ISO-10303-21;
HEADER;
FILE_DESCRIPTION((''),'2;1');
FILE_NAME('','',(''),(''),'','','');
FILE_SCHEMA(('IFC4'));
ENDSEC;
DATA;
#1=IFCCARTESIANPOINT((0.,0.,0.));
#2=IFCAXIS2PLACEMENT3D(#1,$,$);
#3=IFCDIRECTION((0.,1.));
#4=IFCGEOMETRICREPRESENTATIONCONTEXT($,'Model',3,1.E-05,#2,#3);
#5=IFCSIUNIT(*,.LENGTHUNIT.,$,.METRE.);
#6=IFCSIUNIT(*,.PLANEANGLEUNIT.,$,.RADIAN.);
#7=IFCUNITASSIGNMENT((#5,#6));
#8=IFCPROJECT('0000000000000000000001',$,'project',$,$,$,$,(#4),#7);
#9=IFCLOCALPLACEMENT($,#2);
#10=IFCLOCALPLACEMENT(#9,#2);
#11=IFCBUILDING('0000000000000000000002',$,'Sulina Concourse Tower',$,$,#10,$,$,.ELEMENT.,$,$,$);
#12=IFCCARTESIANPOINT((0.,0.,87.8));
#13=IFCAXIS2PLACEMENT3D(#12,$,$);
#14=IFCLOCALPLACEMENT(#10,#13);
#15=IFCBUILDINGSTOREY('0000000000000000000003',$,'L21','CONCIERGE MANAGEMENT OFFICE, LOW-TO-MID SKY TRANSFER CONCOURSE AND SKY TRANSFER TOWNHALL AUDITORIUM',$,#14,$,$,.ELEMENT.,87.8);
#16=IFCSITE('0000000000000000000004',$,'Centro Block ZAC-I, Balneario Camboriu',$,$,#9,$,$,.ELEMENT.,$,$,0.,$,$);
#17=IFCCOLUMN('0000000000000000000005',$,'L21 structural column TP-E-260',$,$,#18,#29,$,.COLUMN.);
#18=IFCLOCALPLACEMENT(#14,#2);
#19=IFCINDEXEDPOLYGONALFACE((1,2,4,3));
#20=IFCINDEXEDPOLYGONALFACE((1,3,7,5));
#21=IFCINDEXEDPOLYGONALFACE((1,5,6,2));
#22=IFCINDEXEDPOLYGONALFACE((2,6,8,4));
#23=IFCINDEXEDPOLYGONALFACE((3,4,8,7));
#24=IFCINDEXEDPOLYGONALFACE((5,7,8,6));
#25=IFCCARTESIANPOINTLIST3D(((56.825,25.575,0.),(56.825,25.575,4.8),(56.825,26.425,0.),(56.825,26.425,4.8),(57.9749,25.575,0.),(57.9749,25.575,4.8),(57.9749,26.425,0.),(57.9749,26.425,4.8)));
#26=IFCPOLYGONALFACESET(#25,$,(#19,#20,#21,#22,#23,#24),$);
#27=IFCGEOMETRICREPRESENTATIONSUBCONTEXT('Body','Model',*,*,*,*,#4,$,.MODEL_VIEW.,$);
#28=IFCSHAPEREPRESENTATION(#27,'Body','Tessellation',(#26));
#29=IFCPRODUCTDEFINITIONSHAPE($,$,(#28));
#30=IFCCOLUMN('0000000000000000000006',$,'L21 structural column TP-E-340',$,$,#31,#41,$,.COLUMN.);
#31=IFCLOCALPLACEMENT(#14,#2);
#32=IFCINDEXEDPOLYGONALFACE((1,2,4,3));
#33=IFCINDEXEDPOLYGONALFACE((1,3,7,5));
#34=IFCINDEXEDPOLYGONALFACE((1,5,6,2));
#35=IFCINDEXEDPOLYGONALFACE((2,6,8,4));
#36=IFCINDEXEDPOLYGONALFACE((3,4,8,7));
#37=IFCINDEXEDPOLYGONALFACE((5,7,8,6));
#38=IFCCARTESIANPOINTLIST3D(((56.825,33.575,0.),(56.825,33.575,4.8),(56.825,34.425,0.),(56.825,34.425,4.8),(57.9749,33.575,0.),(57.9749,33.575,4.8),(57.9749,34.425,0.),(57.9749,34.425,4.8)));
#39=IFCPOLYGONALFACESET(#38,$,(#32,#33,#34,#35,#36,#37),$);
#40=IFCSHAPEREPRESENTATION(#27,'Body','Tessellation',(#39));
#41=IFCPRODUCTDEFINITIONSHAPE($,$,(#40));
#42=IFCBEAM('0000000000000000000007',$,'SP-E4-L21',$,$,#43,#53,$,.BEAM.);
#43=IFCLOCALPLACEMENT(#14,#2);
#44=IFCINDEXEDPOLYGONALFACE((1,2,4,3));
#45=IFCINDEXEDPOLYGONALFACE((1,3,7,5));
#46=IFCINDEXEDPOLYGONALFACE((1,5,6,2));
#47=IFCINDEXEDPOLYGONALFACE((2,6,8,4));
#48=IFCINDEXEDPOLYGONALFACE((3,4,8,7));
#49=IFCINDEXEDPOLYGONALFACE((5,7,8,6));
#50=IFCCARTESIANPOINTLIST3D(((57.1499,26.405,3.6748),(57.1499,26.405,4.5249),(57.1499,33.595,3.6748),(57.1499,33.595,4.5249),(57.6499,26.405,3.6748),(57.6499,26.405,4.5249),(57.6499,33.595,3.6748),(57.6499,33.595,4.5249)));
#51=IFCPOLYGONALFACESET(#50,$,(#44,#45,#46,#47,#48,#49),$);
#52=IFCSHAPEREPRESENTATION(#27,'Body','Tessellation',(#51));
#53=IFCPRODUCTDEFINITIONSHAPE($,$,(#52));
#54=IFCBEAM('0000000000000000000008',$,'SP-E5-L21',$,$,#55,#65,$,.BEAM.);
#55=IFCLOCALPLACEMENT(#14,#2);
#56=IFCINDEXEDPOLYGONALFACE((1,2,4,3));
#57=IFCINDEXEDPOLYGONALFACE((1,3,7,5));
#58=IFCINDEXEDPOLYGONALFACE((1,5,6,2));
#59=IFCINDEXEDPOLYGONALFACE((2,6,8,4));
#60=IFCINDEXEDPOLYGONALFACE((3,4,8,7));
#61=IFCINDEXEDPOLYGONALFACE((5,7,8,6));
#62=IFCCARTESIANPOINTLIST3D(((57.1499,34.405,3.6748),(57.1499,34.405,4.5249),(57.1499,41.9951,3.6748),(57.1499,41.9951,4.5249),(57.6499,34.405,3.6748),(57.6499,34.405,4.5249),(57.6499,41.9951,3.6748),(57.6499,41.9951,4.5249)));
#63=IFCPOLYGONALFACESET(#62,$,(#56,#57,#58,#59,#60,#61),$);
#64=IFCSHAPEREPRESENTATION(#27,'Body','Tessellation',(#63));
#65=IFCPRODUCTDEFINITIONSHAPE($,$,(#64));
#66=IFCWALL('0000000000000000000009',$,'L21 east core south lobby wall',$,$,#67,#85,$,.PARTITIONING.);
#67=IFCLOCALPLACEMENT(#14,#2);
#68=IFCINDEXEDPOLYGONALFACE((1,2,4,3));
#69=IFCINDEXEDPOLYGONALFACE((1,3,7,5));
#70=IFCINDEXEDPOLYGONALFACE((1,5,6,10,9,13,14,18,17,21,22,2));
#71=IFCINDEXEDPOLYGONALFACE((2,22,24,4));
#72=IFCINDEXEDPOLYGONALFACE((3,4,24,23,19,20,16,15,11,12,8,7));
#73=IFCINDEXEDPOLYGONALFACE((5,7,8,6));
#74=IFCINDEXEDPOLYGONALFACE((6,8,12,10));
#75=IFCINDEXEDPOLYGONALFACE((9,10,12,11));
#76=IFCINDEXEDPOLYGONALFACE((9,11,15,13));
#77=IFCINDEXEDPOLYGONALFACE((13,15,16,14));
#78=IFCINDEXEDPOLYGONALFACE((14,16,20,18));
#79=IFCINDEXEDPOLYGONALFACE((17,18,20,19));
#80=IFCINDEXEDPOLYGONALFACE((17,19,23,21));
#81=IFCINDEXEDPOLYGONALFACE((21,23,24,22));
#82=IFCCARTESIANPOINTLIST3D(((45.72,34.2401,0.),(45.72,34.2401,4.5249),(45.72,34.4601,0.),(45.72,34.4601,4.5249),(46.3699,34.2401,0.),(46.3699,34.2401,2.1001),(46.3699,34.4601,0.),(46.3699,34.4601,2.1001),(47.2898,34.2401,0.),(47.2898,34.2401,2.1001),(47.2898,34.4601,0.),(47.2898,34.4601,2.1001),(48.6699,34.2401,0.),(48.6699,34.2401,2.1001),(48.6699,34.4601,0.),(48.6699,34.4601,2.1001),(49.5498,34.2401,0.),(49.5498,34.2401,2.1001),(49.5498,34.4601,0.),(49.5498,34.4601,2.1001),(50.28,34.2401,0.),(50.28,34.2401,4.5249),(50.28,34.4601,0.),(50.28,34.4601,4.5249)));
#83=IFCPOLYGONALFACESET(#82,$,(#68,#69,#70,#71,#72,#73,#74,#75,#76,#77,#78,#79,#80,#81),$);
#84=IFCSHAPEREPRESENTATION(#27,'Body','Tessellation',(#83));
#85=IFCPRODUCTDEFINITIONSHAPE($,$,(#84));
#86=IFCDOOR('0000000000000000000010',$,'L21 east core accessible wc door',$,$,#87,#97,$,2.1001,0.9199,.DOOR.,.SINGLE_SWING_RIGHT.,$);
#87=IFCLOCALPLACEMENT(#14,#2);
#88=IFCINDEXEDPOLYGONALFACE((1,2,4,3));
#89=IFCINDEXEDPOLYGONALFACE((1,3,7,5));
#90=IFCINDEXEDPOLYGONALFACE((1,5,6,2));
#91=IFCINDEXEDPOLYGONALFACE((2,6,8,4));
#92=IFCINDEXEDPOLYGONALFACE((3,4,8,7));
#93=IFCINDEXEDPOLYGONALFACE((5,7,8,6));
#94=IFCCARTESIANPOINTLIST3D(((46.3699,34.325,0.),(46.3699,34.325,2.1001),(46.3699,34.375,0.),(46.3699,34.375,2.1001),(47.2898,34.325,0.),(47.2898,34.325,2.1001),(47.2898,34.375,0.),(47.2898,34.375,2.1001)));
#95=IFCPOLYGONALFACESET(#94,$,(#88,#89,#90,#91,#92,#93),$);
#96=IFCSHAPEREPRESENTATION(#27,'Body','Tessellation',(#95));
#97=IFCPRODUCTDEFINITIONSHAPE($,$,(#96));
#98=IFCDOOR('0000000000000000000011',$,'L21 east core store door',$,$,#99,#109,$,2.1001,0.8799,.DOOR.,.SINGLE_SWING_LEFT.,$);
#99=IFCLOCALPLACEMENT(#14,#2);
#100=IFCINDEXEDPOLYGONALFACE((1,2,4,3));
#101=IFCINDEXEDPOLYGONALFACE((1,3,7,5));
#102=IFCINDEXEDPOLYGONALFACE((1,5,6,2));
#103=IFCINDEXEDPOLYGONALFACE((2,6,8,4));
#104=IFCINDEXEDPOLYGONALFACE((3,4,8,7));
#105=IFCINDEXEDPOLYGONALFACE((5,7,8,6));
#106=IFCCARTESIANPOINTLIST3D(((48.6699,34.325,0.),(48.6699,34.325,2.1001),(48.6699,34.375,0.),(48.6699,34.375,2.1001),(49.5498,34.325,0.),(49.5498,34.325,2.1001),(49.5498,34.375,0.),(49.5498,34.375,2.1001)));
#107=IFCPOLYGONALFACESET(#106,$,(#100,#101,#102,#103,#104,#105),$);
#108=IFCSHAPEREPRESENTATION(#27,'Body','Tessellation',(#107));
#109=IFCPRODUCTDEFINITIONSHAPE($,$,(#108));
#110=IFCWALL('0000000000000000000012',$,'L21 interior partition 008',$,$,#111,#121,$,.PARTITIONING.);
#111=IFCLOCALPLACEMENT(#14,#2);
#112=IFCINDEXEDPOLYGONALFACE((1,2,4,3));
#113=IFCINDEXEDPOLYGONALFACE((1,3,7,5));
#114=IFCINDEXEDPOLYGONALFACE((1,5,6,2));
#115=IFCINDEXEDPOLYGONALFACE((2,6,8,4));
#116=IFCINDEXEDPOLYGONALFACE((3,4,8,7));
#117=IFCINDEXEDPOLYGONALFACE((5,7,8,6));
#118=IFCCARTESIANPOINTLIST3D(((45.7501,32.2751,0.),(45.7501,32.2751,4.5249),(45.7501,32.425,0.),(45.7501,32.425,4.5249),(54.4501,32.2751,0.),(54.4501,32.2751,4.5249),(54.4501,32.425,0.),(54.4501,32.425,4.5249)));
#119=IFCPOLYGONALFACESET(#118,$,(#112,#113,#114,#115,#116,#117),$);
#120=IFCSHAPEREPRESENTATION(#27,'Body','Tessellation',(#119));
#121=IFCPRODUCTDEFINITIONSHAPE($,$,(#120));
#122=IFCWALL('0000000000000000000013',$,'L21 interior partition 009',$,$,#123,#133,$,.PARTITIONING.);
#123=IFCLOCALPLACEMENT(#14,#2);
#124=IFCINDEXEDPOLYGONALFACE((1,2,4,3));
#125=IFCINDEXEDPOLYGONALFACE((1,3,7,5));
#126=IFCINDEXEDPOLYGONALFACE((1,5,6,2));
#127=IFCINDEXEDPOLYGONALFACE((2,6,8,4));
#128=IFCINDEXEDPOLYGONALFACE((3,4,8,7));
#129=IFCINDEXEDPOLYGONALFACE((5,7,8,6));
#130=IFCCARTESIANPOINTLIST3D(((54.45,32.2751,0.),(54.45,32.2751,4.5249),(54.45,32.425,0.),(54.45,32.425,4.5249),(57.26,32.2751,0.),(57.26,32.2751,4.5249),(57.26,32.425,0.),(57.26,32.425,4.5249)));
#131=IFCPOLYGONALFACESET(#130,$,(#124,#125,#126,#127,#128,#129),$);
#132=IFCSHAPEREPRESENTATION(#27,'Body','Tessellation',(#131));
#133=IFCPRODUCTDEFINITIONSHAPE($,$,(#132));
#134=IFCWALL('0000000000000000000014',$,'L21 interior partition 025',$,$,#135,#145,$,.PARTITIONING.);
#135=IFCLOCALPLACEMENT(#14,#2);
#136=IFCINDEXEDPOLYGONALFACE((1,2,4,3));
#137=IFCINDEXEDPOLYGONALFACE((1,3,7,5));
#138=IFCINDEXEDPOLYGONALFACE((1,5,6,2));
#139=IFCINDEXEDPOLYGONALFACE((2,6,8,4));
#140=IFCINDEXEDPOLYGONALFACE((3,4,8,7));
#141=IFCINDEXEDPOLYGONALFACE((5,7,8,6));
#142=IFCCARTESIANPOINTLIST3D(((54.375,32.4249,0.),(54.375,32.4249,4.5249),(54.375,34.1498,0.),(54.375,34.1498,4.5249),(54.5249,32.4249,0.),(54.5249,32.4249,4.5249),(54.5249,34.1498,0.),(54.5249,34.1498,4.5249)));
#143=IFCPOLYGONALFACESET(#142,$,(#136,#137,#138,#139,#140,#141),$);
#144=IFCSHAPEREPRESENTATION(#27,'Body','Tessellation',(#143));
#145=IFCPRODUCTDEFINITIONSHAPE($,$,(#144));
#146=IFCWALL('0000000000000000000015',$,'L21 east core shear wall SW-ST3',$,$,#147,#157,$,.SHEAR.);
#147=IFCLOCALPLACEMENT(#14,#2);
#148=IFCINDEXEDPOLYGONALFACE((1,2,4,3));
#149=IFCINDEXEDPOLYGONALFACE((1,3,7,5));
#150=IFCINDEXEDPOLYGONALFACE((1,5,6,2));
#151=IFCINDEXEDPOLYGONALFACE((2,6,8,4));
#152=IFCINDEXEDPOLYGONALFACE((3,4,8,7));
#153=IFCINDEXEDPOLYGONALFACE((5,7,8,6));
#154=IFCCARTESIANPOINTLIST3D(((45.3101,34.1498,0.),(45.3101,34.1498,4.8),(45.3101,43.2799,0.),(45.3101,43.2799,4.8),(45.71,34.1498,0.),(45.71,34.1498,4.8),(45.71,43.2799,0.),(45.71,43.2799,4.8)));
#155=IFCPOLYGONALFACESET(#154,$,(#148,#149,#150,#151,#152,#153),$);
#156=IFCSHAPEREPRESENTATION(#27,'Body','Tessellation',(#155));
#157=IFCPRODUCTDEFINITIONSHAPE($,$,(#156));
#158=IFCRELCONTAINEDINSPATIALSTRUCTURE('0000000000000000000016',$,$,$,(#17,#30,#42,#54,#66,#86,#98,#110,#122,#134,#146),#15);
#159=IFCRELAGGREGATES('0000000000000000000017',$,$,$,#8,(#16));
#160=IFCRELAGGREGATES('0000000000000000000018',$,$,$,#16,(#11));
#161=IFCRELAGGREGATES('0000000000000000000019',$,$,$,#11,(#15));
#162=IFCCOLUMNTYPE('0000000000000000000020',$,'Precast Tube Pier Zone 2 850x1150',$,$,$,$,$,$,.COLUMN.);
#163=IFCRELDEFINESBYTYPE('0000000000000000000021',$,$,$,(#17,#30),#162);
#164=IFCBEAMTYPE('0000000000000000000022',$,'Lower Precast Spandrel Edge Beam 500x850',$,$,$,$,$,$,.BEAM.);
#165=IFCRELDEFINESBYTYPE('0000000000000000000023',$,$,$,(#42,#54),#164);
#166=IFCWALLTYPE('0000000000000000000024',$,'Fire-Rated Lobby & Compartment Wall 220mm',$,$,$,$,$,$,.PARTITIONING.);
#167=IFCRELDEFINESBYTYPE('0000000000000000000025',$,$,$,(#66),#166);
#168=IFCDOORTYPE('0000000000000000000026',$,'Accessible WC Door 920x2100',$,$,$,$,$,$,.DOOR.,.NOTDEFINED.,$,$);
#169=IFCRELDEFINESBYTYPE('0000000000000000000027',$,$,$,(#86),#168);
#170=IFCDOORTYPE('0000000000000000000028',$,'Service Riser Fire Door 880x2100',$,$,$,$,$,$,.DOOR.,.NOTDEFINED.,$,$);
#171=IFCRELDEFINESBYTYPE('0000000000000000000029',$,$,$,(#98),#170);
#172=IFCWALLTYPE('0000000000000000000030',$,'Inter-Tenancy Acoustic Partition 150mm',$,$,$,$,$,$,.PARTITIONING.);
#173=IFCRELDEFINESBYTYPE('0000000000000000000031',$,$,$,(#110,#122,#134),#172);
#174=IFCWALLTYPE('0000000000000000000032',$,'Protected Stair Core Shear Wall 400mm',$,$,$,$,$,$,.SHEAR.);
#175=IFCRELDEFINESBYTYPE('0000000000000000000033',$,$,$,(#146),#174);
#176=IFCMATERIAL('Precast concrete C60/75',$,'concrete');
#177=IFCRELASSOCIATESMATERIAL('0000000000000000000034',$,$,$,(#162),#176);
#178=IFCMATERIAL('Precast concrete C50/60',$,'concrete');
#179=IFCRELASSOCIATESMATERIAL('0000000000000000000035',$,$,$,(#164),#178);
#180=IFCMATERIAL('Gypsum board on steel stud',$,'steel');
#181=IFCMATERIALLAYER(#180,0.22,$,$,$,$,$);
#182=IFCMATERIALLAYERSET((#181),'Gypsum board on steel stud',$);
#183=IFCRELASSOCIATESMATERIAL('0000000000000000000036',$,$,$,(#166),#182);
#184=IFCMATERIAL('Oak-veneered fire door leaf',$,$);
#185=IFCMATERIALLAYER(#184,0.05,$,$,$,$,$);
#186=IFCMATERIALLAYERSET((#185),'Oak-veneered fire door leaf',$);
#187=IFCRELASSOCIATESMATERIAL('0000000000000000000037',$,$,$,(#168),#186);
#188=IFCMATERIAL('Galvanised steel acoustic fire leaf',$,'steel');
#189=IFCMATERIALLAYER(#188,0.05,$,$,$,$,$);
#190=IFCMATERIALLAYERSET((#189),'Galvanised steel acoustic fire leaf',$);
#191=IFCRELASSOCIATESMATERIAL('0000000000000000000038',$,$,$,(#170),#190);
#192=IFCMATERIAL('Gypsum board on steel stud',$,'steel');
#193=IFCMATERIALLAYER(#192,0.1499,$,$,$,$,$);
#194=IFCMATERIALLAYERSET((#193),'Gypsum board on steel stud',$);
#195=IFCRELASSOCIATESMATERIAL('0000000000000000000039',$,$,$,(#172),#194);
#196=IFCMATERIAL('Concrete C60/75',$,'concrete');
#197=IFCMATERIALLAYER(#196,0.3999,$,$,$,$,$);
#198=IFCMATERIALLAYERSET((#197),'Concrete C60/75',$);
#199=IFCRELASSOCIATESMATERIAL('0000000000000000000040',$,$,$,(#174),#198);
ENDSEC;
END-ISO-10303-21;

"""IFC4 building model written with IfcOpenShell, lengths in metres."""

from ifc_helpers import new_model, si_unit, direction, frame, frame_2d, origin, origin_2d, place, context, subcontext, project, spatial, rectangle, extrude, material, layer, layer_set, material_profile, profile_set, type_object, element, fill, save


model = new_model("IFC4")

# Units and contexts
model_context = context("Model", 3, precision=1e-05, world=origin(), true_north=direction((0.0, 1.0)))
body_context = subcontext(model_context, "Body", "Model", "MODEL_VIEW")
ifc_project = project(units=[si_unit("LENGTHUNIT", "METRE"), si_unit("PLANEANGLEUNIT", "RADIAN")], contexts=[model_context])

# Site, building, storey
site_placement = place(None, origin())
site = spatial("IfcSite", under=ifc_project, at=site_placement, Name="Centro Block ZAC-I, Balneario Camboriu", CompositionType="ELEMENT", RefElevation=0.0)
building_placement = place(site_placement, origin())
building = spatial("IfcBuilding", under=site, at=building_placement, Name="Sulina Concourse Tower", CompositionType="ELEMENT")
storey_placement = place(building_placement, frame((0.0, 0.0, 87.8)))
storey = spatial("IfcBuildingStorey", under=building, at=storey_placement, Name="L21", Description="CONCIERGE MANAGEMENT OFFICE, LOW-TO-MID SKY TRANSFER CONCOURSE AND SKY TRANSFER TOWNHALL AUDITORIUM", CompositionType="ELEMENT", Elevation=87.8)

# Columns
ifc_material_1 = material(Name="Precast concrete C60/75", Category="concrete")
ifc_material_profile_1 = material_profile(ifc_material_1, rectangle(XDim=0.8501, YDim=1.1499, at=origin_2d()), Name="PC 850x1150")
ifc_profile_set_1 = profile_set([ifc_material_profile_1], Name="Precast concrete C60/75")
column_type = type_object("IfcColumnType", Name="Precast Tube Pier Zone 2 850x1150", PredefinedType="COLUMN", material=ifc_profile_set_1)
for number, where, z_axis, x_axis, name in (
    (1, (57.3999, 26.0, 0.0), (0.0, 0.0, 1.0), (0.0, 1.0, 0.0), "L21 structural column TP-E-260"),
    (2, (57.3999, 34.0, 0.0), (0.0, 0.0, 1.0), (0.0, 1.0, 0.0), "L21 structural column TP-E-340"),
):
    element("IfcColumn", number, at=place(storey_placement, frame(where, z_axis=z_axis, x_axis=x_axis)), inside=storey, type_object=column_type, Name=name, PredefinedType="COLUMN", context=body_context, shape_type="SweptSolid", body=[
        extrude(rectangle(XDim=0.8501, YDim=1.1499, at=origin_2d()), origin(), (0.0, 0.0, 1.0), 4.8),
    ])

# Beams
ifc_material_2 = material(Name="Precast concrete C50/60", Category="concrete")
ifc_material_profile_2 = material_profile(ifc_material_2, rectangle(XDim=0.5, YDim=0.8501, at=origin_2d()), Name="RC 500x850")
ifc_profile_set_2 = profile_set([ifc_material_profile_2], Name="Precast concrete C50/60")
beam_type = type_object("IfcBeamType", Name="Lower Precast Spandrel Edge Beam 500x850", PredefinedType="BEAM", material=ifc_profile_set_2)
beam_1_placement = place(storey_placement, frame((57.3999, 26.405, 4.0999), z_axis=(0.0, 1.0, 0.0), x_axis=(-1.0, 0.0, 0.0)))
element("IfcBeam", 3, at=beam_1_placement, inside=storey, type_object=beam_type, Name="SP-E4-L21", PredefinedType="BEAM", context=body_context, shape_type="SweptSolid", body=[
    extrude(rectangle(XDim=0.5, YDim=0.8501, at=origin_2d()), origin(), (0.0, 0.0, 1.0), 7.1899),
])
beam_2_placement = place(storey_placement, frame((57.3999, 34.405, 4.0999), z_axis=(0.0, 1.0, 0.0), x_axis=(-1.0, 0.0, 0.0)))
element("IfcBeam", 4, at=beam_2_placement, inside=storey, type_object=beam_type, Name="SP-E5-L21", PredefinedType="BEAM", context=body_context, shape_type="SweptSolid", body=[
    extrude(rectangle(XDim=0.5, YDim=0.8501, at=origin_2d()), origin(), (0.0, 0.0, 1.0), 7.5901),
])

# Wall, openings, doors
ifc_material_3 = material(Name="Gypsum board on steel stud", Category="steel")
ifc_layer_1 = layer(ifc_material_3, 0.22)
ifc_layer_set_1 = layer_set([ifc_layer_1], Name="Gypsum board on steel stud")
wall_type_1 = type_object("IfcWallType", Name="Fire-Rated Lobby & Compartment Wall 220mm", PredefinedType="PARTITIONING", material=ifc_layer_set_1)
wall_1_placement = place(storey_placement, frame((45.72, 34.3501, 0.0), z_axis=(0.0, 0.0, 1.0), x_axis=(1.0, 0.0, 0.0)))
wall_1 = element("IfcWall", 5, at=wall_1_placement, inside=storey, type_object=wall_type_1, Name="L21 east core south lobby wall", PredefinedType="PARTITIONING", context=body_context, shape_type="SweptSolid", body=[
    extrude(rectangle(XDim=4.5601, YDim=0.22, at=frame_2d((2.28, 0.0))), origin(), (0.0, 0.0, 1.0), 4.5249),
])
opening_1_placement = place(wall_1_placement, frame((0.6499, 0.0, 0.0)))
opening_1 = element("IfcOpeningElement", 6, at=opening_1_placement, cuts=wall_1, PredefinedType="OPENING", context=body_context, shape_type="SweptSolid", body=[
    extrude(rectangle(XDim=0.9199, YDim=2.1001, at=frame_2d((0.46, 1.05))), frame((0.0, 0.1199, 0.0), z_axis=(0.0, -1.0, 0.0), x_axis=(1.0, 0.0, 0.0)), (0.0, 0.0, 1.0), 0.24),
])
opening_2_placement = place(wall_1_placement, frame((2.95, 0.0, 0.0)))
opening_2 = element("IfcOpeningElement", 7, at=opening_2_placement, cuts=wall_1, PredefinedType="OPENING", context=body_context, shape_type="SweptSolid", body=[
    extrude(rectangle(XDim=0.8799, YDim=2.1001, at=frame_2d((0.4399, 1.05))), frame((0.0, 0.1199, 0.0), z_axis=(0.0, -1.0, 0.0), x_axis=(1.0, 0.0, 0.0)), (0.0, 0.0, 1.0), 0.24),
])
ifc_material_4 = material(Name="Oak-veneered fire door leaf")
ifc_layer_2 = layer(ifc_material_4, 0.05)
ifc_layer_set_2 = layer_set([ifc_layer_2], Name="Oak-veneered fire door leaf")
door_type_1 = type_object("IfcDoorType", Name="Accessible WC Door 920x2100", OperationType="NOTDEFINED", PredefinedType="DOOR", material=ifc_layer_set_2)
door_1_placement = place(opening_1_placement, origin())
door_1 = element("IfcDoor", 8, at=door_1_placement, inside=storey, type_object=door_type_1, Name="L21 east core accessible wc door", OperationType="SINGLE_SWING_RIGHT", OverallHeight=2.1001, OverallWidth=0.9199, PredefinedType="DOOR", context=body_context, shape_type="SweptSolid", body=[
    extrude(rectangle(XDim=0.9199, YDim=2.1001, at=frame_2d((0.46, 1.05))), frame((0.0, 0.0249, 0.0), z_axis=(0.0, -1.0, 0.0), x_axis=(1.0, 0.0, 0.0)), (0.0, 0.0, 1.0), 0.05),
])
fill(opening_1, door_1)
ifc_material_5 = material(Name="Galvanised steel acoustic fire leaf", Category="steel")
ifc_layer_3 = layer(ifc_material_5, 0.05)
ifc_layer_set_3 = layer_set([ifc_layer_3], Name="Galvanised steel acoustic fire leaf")
door_type_2 = type_object("IfcDoorType", Name="Service Riser Fire Door 880x2100", OperationType="NOTDEFINED", PredefinedType="DOOR", material=ifc_layer_set_3)
door_2_placement = place(opening_2_placement, origin())
door_2 = element("IfcDoor", 9, at=door_2_placement, inside=storey, type_object=door_type_2, Name="L21 east core store door", OperationType="SINGLE_SWING_LEFT", OverallHeight=2.1001, OverallWidth=0.8799, PredefinedType="DOOR", context=body_context, shape_type="SweptSolid", body=[
    extrude(rectangle(XDim=0.8799, YDim=2.1001, at=frame_2d((0.4399, 1.05))), frame((0.0, 0.0249, 0.0), z_axis=(0.0, -1.0, 0.0), x_axis=(1.0, 0.0, 0.0)), (0.0, 0.0, 1.0), 0.05),
])
fill(opening_2, door_2)

# Walls
ifc_material_6 = material(Name="Gypsum board on steel stud", Category="steel")
ifc_layer_4 = layer(ifc_material_6, 0.1499)
ifc_layer_set_4 = layer_set([ifc_layer_4], Name="Gypsum board on steel stud")
wall_type_2 = type_object("IfcWallType", Name="Inter-Tenancy Acoustic Partition 150mm", PredefinedType="PARTITIONING", material=ifc_layer_set_4)
wall_2_placement = place(storey_placement, frame((45.75, 32.3501, 0.0), z_axis=(0.0, 0.0, 1.0), x_axis=(1.0, 0.0, 0.0)))
element("IfcWall", 10, at=wall_2_placement, inside=storey, type_object=wall_type_2, Name="L21 interior partition 008", PredefinedType="PARTITIONING", context=body_context, shape_type="SweptSolid", body=[
    extrude(rectangle(XDim=8.7, YDim=0.1499, at=frame_2d((4.3501, 0.0))), origin(), (0.0, 0.0, 1.0), 4.5249),
])
wall_3_placement = place(storey_placement, frame((54.45, 32.3501, 0.0), z_axis=(0.0, 0.0, 1.0), x_axis=(1.0, 0.0, 0.0)))
element("IfcWall", 11, at=wall_3_placement, inside=storey, type_object=wall_type_2, Name="L21 interior partition 009", PredefinedType="PARTITIONING", context=body_context, shape_type="SweptSolid", body=[
    extrude(rectangle(XDim=2.8101, YDim=0.1499, at=frame_2d((1.405, 0.0))), origin(), (0.0, 0.0, 1.0), 4.5249),
])
wall_4_placement = place(storey_placement, frame((54.45, 32.425, 0.0), z_axis=(0.0, 0.0, 1.0), x_axis=(0.0, 1.0, 0.0)))
element("IfcWall", 12, at=wall_4_placement, inside=storey, type_object=wall_type_2, Name="L21 interior partition 025", PredefinedType="PARTITIONING", context=body_context, shape_type="SweptSolid", body=[
    extrude(rectangle(XDim=1.7249, YDim=0.1499, at=frame_2d((0.8623, 0.0))), origin(), (0.0, 0.0, 1.0), 4.5249),
])
ifc_material_7 = material(Name="Concrete C60/75", Category="concrete")
ifc_layer_5 = layer(ifc_material_7, 0.3999)
ifc_layer_set_5 = layer_set([ifc_layer_5], Name="Concrete C60/75")
wall_type_3 = type_object("IfcWallType", Name="Protected Stair Core Shear Wall 400mm", PredefinedType="SHEAR", material=ifc_layer_set_5)
wall_5_placement = place(storey_placement, frame((45.51, 34.1499, 0.0), z_axis=(0.0, 0.0, 1.0), x_axis=(0.0, 1.0, 0.0)))
element("IfcWall", 13, at=wall_5_placement, inside=storey, type_object=wall_type_3, Name="L21 east core shear wall SW-ST3", PredefinedType="SHEAR", context=body_context, shape_type="SweptSolid", body=[
    extrude(rectangle(XDim=9.1301, YDim=0.3999, at=frame_2d((4.5649, 0.0))), origin(), (0.0, 0.0, 1.0), 4.8),
])

save(model, "model.ifc")
